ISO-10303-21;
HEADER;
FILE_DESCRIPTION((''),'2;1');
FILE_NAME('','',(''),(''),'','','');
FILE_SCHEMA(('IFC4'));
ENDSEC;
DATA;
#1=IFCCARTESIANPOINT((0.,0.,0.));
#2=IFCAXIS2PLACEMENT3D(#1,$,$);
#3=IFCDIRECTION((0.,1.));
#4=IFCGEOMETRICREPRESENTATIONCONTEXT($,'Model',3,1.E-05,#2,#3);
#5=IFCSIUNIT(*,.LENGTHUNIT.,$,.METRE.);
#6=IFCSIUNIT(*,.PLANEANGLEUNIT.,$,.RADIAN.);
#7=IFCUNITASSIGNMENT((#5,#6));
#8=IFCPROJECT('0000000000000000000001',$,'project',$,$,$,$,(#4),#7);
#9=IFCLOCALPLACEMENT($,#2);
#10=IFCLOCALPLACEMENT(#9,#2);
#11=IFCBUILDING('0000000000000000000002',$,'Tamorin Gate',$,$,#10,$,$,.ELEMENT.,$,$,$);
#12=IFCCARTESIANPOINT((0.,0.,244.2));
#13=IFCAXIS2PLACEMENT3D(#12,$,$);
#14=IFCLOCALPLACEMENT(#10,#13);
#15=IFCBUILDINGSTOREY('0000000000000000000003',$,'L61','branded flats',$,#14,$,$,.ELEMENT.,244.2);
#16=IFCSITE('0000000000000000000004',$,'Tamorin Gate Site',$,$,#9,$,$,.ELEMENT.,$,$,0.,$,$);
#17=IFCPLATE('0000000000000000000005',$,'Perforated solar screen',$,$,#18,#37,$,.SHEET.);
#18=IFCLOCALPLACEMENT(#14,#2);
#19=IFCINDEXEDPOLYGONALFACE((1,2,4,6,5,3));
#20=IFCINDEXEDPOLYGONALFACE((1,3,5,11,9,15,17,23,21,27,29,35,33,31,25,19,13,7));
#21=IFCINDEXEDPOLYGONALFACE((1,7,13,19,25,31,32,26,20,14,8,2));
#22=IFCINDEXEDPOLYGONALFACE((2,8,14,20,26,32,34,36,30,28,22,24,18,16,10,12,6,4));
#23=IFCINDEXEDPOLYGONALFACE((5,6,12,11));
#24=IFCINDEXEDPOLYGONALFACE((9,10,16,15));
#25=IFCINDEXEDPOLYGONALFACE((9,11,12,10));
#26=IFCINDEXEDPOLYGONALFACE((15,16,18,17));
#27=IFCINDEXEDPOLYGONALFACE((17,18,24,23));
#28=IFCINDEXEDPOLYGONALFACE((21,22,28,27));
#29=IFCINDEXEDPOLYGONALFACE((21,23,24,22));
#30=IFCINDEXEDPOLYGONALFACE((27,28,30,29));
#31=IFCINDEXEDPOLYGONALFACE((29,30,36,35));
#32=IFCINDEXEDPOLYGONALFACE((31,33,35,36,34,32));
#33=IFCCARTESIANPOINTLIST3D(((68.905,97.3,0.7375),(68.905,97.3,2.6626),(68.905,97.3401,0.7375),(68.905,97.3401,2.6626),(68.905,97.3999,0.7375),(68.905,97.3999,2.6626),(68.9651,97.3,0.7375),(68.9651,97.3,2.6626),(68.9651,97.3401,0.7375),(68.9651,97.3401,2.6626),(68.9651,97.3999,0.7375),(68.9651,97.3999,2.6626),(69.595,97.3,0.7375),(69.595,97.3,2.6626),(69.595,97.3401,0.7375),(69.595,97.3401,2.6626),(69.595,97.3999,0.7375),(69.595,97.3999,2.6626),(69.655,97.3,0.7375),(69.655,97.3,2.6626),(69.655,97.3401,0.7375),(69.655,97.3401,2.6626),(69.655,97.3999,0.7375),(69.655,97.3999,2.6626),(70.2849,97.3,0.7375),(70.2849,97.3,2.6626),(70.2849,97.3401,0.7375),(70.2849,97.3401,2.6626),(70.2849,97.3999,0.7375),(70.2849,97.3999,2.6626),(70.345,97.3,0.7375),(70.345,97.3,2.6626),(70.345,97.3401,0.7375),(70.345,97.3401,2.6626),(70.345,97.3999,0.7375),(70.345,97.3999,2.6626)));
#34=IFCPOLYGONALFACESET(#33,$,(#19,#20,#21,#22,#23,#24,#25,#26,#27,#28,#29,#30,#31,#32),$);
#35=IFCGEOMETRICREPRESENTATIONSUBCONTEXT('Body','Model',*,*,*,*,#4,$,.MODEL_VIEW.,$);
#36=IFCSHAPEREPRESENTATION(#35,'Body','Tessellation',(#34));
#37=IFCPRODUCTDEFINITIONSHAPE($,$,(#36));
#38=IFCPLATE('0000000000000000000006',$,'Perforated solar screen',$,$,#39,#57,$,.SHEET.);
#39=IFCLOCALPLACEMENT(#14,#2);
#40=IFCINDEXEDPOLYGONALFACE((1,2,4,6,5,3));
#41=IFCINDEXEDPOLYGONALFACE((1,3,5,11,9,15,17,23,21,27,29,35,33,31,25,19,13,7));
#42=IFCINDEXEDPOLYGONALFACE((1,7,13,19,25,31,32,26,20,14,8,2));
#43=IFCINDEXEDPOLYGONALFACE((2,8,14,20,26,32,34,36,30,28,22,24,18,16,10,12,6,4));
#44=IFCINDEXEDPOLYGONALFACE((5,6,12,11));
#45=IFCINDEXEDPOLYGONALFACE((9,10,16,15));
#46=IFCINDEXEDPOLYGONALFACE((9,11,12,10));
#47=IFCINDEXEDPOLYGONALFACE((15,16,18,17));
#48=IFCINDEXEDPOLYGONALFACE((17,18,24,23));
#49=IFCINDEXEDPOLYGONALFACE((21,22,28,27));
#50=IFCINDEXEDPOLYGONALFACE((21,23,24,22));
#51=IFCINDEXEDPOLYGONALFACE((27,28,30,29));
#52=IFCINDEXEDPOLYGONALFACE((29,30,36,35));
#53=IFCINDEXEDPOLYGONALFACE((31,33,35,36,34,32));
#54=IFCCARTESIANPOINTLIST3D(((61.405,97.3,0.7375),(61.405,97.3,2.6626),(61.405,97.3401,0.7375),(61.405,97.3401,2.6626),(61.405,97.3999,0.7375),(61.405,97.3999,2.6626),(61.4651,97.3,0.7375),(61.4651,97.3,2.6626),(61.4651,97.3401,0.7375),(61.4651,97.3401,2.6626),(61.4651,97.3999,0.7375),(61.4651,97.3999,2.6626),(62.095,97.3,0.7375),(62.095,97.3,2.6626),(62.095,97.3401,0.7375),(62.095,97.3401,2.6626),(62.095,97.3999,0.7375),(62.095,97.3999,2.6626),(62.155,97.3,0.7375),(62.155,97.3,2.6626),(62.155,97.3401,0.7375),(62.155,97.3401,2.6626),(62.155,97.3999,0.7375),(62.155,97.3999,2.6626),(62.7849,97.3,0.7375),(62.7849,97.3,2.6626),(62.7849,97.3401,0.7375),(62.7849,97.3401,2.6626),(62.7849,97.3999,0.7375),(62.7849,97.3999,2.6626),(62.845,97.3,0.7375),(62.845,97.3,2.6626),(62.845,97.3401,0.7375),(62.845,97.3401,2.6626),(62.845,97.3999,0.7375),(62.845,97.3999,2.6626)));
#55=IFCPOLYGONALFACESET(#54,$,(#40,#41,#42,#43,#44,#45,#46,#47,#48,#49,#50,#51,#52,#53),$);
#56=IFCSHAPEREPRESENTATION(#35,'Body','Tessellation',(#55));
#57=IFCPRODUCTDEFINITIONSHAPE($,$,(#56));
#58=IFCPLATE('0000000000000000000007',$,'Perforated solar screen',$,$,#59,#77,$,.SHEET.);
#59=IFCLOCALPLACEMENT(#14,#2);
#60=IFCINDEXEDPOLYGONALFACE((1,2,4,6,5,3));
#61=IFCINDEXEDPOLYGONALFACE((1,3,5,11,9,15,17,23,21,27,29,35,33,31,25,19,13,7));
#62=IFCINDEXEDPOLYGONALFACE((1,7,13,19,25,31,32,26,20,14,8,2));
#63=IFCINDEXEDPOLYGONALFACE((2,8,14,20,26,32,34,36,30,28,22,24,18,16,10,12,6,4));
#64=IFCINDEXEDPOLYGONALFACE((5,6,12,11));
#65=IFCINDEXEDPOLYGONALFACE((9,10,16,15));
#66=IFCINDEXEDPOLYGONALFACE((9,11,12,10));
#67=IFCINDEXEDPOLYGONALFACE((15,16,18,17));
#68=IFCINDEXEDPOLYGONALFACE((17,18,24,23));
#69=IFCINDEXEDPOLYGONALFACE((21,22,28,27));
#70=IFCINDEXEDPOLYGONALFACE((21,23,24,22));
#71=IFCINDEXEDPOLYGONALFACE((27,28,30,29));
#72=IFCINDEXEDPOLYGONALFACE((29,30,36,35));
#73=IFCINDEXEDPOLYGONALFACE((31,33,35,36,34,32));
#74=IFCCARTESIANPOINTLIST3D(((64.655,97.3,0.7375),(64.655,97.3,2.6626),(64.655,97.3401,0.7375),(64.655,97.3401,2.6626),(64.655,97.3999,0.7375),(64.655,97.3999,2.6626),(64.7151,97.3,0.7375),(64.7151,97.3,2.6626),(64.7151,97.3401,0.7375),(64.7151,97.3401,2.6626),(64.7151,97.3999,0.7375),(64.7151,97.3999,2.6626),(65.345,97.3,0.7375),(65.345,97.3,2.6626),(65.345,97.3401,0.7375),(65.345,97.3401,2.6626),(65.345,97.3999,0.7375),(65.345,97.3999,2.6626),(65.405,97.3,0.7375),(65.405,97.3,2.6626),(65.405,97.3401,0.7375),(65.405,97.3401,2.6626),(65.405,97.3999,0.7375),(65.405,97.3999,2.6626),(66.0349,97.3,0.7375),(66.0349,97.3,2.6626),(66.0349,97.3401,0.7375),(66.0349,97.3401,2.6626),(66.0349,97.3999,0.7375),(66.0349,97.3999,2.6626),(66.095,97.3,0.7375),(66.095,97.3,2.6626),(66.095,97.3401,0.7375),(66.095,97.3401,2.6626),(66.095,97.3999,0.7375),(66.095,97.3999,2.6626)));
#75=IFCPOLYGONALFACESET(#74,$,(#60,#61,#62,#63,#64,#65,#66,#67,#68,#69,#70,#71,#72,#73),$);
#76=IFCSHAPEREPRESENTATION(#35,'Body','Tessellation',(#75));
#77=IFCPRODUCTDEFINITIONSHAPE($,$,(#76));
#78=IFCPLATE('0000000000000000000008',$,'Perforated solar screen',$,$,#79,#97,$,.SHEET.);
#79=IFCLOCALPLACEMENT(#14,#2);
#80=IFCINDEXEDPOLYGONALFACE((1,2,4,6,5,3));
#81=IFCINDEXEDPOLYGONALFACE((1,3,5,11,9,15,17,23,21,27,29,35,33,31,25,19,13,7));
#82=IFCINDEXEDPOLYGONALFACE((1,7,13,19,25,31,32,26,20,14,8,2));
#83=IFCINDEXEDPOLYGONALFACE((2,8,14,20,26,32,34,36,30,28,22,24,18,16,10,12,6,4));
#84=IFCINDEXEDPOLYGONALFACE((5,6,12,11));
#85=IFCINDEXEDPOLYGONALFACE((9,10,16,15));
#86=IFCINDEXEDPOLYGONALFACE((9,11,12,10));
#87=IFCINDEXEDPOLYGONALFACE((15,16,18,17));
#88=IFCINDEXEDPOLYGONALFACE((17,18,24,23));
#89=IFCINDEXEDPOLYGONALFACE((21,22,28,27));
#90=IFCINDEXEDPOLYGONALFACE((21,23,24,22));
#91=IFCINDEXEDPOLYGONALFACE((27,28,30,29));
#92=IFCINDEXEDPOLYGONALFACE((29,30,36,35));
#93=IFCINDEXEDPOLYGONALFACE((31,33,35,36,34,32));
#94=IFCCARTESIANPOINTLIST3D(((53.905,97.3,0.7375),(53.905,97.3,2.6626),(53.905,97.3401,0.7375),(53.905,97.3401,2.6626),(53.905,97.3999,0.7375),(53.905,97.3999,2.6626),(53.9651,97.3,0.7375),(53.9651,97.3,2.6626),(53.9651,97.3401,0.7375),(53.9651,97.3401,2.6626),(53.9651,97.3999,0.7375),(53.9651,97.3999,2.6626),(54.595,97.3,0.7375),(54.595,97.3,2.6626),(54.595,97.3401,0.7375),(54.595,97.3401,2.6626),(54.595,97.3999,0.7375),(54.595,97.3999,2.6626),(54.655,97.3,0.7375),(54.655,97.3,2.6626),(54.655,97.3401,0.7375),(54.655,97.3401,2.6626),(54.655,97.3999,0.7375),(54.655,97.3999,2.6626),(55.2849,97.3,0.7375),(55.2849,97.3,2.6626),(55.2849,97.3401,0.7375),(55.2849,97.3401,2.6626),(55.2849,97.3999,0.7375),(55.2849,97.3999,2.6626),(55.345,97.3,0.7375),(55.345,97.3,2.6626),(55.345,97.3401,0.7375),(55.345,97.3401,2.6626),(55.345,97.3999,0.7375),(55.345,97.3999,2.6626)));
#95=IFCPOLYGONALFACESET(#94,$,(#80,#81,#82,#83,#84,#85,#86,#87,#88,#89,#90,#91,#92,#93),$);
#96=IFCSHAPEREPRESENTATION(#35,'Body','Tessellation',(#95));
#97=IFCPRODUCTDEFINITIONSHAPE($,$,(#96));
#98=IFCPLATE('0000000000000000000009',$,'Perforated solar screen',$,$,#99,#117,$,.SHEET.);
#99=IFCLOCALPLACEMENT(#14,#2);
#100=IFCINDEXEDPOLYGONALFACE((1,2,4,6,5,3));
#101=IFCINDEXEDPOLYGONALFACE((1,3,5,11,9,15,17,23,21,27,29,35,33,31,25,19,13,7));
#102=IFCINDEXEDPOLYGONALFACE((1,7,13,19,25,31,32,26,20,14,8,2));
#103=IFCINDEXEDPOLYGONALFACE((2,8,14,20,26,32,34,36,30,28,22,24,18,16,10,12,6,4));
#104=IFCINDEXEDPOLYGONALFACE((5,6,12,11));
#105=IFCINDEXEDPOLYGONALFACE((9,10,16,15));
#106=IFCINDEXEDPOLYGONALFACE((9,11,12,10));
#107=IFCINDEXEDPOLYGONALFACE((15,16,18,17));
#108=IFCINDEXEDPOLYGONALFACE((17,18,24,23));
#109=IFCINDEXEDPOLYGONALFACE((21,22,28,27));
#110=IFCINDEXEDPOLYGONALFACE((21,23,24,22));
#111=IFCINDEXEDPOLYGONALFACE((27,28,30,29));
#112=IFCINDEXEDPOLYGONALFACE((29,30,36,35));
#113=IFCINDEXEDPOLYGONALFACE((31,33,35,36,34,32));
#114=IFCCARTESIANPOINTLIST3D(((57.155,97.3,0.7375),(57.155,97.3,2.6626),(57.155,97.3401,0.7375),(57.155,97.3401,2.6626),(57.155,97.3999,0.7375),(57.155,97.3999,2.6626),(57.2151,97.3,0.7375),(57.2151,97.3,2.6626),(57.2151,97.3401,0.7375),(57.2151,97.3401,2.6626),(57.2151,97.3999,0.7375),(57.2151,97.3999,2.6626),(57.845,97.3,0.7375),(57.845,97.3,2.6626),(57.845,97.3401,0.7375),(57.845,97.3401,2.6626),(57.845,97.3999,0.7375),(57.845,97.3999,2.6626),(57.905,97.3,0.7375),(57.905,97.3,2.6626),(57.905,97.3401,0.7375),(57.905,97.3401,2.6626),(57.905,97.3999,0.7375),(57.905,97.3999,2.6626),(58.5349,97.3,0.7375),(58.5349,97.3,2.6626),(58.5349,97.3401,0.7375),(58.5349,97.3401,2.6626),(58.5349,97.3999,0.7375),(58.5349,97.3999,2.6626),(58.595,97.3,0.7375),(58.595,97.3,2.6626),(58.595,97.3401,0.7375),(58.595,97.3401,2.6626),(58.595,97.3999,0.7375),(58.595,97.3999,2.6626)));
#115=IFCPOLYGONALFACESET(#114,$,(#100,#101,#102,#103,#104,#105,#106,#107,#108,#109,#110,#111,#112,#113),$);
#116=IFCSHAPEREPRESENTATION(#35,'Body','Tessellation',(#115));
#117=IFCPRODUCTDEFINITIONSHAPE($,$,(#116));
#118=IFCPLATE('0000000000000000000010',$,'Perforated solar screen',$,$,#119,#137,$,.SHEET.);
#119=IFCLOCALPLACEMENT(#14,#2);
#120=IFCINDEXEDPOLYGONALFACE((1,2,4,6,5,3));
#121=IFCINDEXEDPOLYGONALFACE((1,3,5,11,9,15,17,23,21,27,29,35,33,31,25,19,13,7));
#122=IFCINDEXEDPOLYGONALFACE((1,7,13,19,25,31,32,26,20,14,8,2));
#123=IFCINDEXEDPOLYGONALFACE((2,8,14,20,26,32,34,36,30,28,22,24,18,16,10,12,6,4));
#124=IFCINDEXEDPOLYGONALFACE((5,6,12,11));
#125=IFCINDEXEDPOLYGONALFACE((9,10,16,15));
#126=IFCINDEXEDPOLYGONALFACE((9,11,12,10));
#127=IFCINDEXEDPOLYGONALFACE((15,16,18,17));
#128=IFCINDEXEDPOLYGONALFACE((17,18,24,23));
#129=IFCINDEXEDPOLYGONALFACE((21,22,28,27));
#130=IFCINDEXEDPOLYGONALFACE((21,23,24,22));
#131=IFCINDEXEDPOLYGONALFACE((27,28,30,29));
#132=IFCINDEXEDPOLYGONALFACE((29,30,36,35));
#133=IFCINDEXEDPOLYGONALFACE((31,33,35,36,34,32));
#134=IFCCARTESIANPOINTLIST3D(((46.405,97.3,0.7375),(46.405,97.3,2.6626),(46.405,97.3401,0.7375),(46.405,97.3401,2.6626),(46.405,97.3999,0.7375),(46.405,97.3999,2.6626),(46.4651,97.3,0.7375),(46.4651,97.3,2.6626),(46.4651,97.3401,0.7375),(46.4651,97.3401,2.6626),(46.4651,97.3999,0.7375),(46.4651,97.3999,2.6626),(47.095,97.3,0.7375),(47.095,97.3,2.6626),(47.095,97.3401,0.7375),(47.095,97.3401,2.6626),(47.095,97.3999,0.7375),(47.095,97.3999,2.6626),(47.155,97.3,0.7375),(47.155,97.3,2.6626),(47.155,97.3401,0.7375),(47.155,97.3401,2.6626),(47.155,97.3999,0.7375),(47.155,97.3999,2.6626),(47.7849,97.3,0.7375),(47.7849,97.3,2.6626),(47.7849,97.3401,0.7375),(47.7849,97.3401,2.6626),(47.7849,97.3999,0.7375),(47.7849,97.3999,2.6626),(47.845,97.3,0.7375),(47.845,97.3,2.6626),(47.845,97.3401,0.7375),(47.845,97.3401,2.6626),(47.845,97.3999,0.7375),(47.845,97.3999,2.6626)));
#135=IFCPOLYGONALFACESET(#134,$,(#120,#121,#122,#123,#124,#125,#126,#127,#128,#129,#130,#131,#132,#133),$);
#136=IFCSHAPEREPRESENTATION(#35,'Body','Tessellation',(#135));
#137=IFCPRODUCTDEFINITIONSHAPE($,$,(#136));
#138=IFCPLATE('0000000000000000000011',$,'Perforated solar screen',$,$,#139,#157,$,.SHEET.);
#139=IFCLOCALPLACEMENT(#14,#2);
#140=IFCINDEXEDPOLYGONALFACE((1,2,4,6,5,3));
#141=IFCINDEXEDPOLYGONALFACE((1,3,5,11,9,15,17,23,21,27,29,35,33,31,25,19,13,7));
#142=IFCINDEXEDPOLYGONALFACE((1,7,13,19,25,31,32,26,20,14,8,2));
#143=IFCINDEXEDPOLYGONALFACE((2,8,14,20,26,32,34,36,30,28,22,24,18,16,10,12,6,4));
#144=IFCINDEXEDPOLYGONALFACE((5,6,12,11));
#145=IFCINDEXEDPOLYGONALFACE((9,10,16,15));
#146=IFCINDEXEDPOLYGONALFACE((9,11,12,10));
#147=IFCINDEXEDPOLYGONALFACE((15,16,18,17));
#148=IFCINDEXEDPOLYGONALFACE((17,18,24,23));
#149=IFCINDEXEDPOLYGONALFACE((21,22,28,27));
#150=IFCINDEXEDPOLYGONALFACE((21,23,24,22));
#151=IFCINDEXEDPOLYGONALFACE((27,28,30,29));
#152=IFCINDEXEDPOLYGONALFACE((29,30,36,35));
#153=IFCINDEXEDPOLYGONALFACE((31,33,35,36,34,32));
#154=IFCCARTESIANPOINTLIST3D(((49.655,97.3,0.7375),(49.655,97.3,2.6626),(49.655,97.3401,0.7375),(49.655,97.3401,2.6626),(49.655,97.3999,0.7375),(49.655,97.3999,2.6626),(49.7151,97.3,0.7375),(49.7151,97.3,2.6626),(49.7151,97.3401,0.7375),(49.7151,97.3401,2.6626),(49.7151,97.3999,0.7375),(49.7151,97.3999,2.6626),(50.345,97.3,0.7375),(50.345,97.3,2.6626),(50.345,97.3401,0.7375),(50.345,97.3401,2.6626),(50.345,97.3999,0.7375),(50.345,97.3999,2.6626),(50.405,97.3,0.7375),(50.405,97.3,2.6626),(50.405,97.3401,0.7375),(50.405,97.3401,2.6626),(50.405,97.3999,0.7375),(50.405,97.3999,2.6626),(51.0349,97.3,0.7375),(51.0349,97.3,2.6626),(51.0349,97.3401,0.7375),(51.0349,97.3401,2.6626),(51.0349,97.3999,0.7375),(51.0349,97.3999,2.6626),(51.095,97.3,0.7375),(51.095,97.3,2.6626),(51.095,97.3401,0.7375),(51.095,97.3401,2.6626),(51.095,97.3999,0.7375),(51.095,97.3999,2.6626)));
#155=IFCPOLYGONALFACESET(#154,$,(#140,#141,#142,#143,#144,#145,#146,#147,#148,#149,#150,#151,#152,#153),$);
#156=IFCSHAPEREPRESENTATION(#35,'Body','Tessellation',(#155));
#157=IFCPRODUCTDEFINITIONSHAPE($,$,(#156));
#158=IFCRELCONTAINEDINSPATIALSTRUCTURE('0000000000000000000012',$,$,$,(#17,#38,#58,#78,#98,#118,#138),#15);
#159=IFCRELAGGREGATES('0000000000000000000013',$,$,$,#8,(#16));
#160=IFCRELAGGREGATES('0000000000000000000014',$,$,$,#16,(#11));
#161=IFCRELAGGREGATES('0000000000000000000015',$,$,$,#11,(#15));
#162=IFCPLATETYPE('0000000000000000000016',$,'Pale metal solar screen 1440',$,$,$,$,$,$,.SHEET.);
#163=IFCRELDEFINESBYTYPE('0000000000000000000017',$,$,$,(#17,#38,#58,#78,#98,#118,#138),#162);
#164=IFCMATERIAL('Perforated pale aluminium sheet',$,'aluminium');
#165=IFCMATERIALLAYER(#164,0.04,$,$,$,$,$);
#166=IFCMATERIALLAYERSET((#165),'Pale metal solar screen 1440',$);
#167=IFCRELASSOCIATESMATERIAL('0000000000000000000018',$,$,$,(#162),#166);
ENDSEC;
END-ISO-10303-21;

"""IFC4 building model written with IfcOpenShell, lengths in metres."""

from ifc_helpers import new_model, si_unit, direction, frame, origin, place, context, subcontext, project, spatial, polyline, outline, extrude, material, layer, layer_set, type_object, element, save


model = new_model("IFC4")

# Units and contexts
model_context = context("Model", 3, precision=1e-05, world=origin(), true_north=direction((0.0, 1.0)))
body_context = subcontext(model_context, "Body", "Model", "MODEL_VIEW")
ifc_project = project(units=[si_unit("LENGTHUNIT", "METRE"), si_unit("PLANEANGLEUNIT", "RADIAN")], contexts=[model_context])

# Site, building, storey
site_placement = place(None, origin())
site = spatial("IfcSite", under=ifc_project, at=site_placement, Name="Tamorin Gate Site", CompositionType="ELEMENT", RefElevation=0.0)
building_placement = place(site_placement, origin())
building = spatial("IfcBuilding", under=site, at=building_placement, Name="Tamorin Gate", CompositionType="ELEMENT")
storey_placement = place(building_placement, frame((0.0, 0.0, 244.2)))
storey = spatial("IfcBuildingStorey", under=building, at=storey_placement, Name="L61", Description="branded flats", CompositionType="ELEMENT", Elevation=244.2)

# Plates
ifc_material_1 = material(Name="Perforated pale aluminium sheet", Category="aluminium")
ifc_layer_1 = layer(ifc_material_1, 0.04)
ifc_layer_set_1 = layer_set([ifc_layer_1], Name="Pale metal solar screen 1440")
plate_type = type_object("IfcPlateType", Name="Pale metal solar screen 1440", PredefinedType="SHEET", material=ifc_layer_set_1)
plate_1_placement = place(storey_placement, frame((0.0, 0.0, 0.7375)))
element("IfcPlate", 1, at=plate_1_placement, inside=storey, type_object=plate_type, Name="Perforated solar screen", PredefinedType="SHEET", context=body_context, shape_type="SweptSolid", body=[
    extrude(outline(polyline([(70.345, 97.3401), (70.345, 97.3), (70.2849, 97.3), (69.655, 97.3), (69.595, 97.3), (68.9651, 97.3), (68.905, 97.3), (68.905, 97.3), (68.905, 97.3401), (68.905, 97.3401), (68.905, 97.3999), (68.9651, 97.3999), (68.9651, 97.3401), (69.595, 97.3401), (69.595, 97.3999), (69.655, 97.3999), (69.655, 97.3401), (70.2849, 97.3401), (70.2849, 97.3999), (70.345, 97.3999), (70.345, 97.3401)])), origin(), (0.0, 0.0, 1.0), 1.925),
])
plate_2_placement = place(storey_placement, frame((0.0, 0.0, 0.7375)))
element("IfcPlate", 2, at=plate_2_placement, inside=storey, type_object=plate_type, Name="Perforated solar screen", PredefinedType="SHEET", context=body_context, shape_type="SweptSolid", body=[
    extrude(outline(polyline([(62.845, 97.3401), (62.845, 97.3), (62.7849, 97.3), (62.155, 97.3), (62.095, 97.3), (61.4651, 97.3), (61.405, 97.3), (61.405, 97.3401), (61.405, 97.3999), (61.4651, 97.3999), (61.4651, 97.3401), (62.095, 97.3401), (62.095, 97.3999), (62.155, 97.3999), (62.155, 97.3401), (62.7849, 97.3401), (62.7849, 97.3999), (62.845, 97.3999), (62.845, 97.3401)])), origin(), (0.0, 0.0, 1.0), 1.925),
])
plate_3_placement = place(storey_placement, frame((0.0, 0.0, 0.7375)))
element("IfcPlate", 3, at=plate_3_placement, inside=storey, type_object=plate_type, Name="Perforated solar screen", PredefinedType="SHEET", context=body_context, shape_type="SweptSolid", body=[
    extrude(outline(polyline([(66.095, 97.3401), (66.095, 97.3), (66.0349, 97.3), (65.405, 97.3), (65.345, 97.3), (64.7151, 97.3), (64.655, 97.3), (64.655, 97.3401), (64.655, 97.3999), (64.7151, 97.3999), (64.7151, 97.3401), (65.345, 97.3401), (65.345, 97.3999), (65.405, 97.3999), (65.405, 97.3401), (66.0349, 97.3401), (66.0349, 97.3999), (66.095, 97.3999), (66.095, 97.3401)])), origin(), (0.0, 0.0, 1.0), 1.925),
])
plate_4_placement = place(storey_placement, frame((0.0, 0.0, 0.7375)))
element("IfcPlate", 4, at=plate_4_placement, inside=storey, type_object=plate_type, Name="Perforated solar screen", PredefinedType="SHEET", context=body_context, shape_type="SweptSolid", body=[
    extrude(outline(polyline([(55.345, 97.3401), (55.345, 97.3), (55.2849, 97.3), (54.655, 97.3), (54.595, 97.3), (53.9651, 97.3), (53.905, 97.3), (53.905, 97.3401), (53.905, 97.3999), (53.9651, 97.3999), (53.9651, 97.3401), (54.595, 97.3401), (54.595, 97.3999), (54.655, 97.3999), (54.655, 97.3401), (55.2849, 97.3401), (55.2849, 97.3999), (55.345, 97.3999), (55.345, 97.3401)])), origin(), (0.0, 0.0, 1.0), 1.925),
])
plate_5_placement = place(storey_placement, frame((0.0, 0.0, 0.7375)))
element("IfcPlate", 5, at=plate_5_placement, inside=storey, type_object=plate_type, Name="Perforated solar screen", PredefinedType="SHEET", context=body_context, shape_type="SweptSolid", body=[
    extrude(outline(polyline([(58.595, 97.3401), (58.595, 97.3), (58.5349, 97.3), (57.905, 97.3), (57.845, 97.3), (57.2151, 97.3), (57.155, 97.3), (57.155, 97.3401), (57.155, 97.3999), (57.2151, 97.3999), (57.2151, 97.3401), (57.845, 97.3401), (57.845, 97.3999), (57.905, 97.3999), (57.905, 97.3401), (58.5349, 97.3401), (58.5349, 97.3999), (58.595, 97.3999), (58.595, 97.3401)])), origin(), (0.0, 0.0, 1.0), 1.925),
])
plate_6_placement = place(storey_placement, frame((0.0, 0.0, 0.7375)))
element("IfcPlate", 6, at=plate_6_placement, inside=storey, type_object=plate_type, Name="Perforated solar screen", PredefinedType="SHEET", context=body_context, shape_type="SweptSolid", body=[
    extrude(outline(polyline([(47.845, 97.3401), (47.845, 97.3), (47.7849, 97.3), (47.155, 97.3), (47.095, 97.3), (46.4651, 97.3), (46.405, 97.3), (46.405, 97.3401), (46.405, 97.3999), (46.4651, 97.3999), (46.4651, 97.3401), (47.095, 97.3401), (47.095, 97.3999), (47.155, 97.3999), (47.155, 97.3401), (47.7849, 97.3401), (47.7849, 97.3999), (47.845, 97.3999), (47.845, 97.3401)])), origin(), (0.0, 0.0, 1.0), 1.925),
])
plate_7_placement = place(storey_placement, frame((0.0, 0.0, 0.7375)))
element("IfcPlate", 7, at=plate_7_placement, inside=storey, type_object=plate_type, Name="Perforated solar screen", PredefinedType="SHEET", context=body_context, shape_type="SweptSolid", body=[
    extrude(outline(polyline([(51.095, 97.3401), (51.095, 97.3), (51.0349, 97.3), (50.405, 97.3), (50.345, 97.3), (49.7151, 97.3), (49.655, 97.3), (49.655, 97.3401), (49.655, 97.3999), (49.7151, 97.3999), (49.7151, 97.3401), (50.345, 97.3401), (50.345, 97.3999), (50.405, 97.3999), (50.405, 97.3401), (51.0349, 97.3401), (51.0349, 97.3999), (51.095, 97.3999), (51.095, 97.3401)])), origin(), (0.0, 0.0, 1.0), 1.925),
])

save(model, "model.ifc")
